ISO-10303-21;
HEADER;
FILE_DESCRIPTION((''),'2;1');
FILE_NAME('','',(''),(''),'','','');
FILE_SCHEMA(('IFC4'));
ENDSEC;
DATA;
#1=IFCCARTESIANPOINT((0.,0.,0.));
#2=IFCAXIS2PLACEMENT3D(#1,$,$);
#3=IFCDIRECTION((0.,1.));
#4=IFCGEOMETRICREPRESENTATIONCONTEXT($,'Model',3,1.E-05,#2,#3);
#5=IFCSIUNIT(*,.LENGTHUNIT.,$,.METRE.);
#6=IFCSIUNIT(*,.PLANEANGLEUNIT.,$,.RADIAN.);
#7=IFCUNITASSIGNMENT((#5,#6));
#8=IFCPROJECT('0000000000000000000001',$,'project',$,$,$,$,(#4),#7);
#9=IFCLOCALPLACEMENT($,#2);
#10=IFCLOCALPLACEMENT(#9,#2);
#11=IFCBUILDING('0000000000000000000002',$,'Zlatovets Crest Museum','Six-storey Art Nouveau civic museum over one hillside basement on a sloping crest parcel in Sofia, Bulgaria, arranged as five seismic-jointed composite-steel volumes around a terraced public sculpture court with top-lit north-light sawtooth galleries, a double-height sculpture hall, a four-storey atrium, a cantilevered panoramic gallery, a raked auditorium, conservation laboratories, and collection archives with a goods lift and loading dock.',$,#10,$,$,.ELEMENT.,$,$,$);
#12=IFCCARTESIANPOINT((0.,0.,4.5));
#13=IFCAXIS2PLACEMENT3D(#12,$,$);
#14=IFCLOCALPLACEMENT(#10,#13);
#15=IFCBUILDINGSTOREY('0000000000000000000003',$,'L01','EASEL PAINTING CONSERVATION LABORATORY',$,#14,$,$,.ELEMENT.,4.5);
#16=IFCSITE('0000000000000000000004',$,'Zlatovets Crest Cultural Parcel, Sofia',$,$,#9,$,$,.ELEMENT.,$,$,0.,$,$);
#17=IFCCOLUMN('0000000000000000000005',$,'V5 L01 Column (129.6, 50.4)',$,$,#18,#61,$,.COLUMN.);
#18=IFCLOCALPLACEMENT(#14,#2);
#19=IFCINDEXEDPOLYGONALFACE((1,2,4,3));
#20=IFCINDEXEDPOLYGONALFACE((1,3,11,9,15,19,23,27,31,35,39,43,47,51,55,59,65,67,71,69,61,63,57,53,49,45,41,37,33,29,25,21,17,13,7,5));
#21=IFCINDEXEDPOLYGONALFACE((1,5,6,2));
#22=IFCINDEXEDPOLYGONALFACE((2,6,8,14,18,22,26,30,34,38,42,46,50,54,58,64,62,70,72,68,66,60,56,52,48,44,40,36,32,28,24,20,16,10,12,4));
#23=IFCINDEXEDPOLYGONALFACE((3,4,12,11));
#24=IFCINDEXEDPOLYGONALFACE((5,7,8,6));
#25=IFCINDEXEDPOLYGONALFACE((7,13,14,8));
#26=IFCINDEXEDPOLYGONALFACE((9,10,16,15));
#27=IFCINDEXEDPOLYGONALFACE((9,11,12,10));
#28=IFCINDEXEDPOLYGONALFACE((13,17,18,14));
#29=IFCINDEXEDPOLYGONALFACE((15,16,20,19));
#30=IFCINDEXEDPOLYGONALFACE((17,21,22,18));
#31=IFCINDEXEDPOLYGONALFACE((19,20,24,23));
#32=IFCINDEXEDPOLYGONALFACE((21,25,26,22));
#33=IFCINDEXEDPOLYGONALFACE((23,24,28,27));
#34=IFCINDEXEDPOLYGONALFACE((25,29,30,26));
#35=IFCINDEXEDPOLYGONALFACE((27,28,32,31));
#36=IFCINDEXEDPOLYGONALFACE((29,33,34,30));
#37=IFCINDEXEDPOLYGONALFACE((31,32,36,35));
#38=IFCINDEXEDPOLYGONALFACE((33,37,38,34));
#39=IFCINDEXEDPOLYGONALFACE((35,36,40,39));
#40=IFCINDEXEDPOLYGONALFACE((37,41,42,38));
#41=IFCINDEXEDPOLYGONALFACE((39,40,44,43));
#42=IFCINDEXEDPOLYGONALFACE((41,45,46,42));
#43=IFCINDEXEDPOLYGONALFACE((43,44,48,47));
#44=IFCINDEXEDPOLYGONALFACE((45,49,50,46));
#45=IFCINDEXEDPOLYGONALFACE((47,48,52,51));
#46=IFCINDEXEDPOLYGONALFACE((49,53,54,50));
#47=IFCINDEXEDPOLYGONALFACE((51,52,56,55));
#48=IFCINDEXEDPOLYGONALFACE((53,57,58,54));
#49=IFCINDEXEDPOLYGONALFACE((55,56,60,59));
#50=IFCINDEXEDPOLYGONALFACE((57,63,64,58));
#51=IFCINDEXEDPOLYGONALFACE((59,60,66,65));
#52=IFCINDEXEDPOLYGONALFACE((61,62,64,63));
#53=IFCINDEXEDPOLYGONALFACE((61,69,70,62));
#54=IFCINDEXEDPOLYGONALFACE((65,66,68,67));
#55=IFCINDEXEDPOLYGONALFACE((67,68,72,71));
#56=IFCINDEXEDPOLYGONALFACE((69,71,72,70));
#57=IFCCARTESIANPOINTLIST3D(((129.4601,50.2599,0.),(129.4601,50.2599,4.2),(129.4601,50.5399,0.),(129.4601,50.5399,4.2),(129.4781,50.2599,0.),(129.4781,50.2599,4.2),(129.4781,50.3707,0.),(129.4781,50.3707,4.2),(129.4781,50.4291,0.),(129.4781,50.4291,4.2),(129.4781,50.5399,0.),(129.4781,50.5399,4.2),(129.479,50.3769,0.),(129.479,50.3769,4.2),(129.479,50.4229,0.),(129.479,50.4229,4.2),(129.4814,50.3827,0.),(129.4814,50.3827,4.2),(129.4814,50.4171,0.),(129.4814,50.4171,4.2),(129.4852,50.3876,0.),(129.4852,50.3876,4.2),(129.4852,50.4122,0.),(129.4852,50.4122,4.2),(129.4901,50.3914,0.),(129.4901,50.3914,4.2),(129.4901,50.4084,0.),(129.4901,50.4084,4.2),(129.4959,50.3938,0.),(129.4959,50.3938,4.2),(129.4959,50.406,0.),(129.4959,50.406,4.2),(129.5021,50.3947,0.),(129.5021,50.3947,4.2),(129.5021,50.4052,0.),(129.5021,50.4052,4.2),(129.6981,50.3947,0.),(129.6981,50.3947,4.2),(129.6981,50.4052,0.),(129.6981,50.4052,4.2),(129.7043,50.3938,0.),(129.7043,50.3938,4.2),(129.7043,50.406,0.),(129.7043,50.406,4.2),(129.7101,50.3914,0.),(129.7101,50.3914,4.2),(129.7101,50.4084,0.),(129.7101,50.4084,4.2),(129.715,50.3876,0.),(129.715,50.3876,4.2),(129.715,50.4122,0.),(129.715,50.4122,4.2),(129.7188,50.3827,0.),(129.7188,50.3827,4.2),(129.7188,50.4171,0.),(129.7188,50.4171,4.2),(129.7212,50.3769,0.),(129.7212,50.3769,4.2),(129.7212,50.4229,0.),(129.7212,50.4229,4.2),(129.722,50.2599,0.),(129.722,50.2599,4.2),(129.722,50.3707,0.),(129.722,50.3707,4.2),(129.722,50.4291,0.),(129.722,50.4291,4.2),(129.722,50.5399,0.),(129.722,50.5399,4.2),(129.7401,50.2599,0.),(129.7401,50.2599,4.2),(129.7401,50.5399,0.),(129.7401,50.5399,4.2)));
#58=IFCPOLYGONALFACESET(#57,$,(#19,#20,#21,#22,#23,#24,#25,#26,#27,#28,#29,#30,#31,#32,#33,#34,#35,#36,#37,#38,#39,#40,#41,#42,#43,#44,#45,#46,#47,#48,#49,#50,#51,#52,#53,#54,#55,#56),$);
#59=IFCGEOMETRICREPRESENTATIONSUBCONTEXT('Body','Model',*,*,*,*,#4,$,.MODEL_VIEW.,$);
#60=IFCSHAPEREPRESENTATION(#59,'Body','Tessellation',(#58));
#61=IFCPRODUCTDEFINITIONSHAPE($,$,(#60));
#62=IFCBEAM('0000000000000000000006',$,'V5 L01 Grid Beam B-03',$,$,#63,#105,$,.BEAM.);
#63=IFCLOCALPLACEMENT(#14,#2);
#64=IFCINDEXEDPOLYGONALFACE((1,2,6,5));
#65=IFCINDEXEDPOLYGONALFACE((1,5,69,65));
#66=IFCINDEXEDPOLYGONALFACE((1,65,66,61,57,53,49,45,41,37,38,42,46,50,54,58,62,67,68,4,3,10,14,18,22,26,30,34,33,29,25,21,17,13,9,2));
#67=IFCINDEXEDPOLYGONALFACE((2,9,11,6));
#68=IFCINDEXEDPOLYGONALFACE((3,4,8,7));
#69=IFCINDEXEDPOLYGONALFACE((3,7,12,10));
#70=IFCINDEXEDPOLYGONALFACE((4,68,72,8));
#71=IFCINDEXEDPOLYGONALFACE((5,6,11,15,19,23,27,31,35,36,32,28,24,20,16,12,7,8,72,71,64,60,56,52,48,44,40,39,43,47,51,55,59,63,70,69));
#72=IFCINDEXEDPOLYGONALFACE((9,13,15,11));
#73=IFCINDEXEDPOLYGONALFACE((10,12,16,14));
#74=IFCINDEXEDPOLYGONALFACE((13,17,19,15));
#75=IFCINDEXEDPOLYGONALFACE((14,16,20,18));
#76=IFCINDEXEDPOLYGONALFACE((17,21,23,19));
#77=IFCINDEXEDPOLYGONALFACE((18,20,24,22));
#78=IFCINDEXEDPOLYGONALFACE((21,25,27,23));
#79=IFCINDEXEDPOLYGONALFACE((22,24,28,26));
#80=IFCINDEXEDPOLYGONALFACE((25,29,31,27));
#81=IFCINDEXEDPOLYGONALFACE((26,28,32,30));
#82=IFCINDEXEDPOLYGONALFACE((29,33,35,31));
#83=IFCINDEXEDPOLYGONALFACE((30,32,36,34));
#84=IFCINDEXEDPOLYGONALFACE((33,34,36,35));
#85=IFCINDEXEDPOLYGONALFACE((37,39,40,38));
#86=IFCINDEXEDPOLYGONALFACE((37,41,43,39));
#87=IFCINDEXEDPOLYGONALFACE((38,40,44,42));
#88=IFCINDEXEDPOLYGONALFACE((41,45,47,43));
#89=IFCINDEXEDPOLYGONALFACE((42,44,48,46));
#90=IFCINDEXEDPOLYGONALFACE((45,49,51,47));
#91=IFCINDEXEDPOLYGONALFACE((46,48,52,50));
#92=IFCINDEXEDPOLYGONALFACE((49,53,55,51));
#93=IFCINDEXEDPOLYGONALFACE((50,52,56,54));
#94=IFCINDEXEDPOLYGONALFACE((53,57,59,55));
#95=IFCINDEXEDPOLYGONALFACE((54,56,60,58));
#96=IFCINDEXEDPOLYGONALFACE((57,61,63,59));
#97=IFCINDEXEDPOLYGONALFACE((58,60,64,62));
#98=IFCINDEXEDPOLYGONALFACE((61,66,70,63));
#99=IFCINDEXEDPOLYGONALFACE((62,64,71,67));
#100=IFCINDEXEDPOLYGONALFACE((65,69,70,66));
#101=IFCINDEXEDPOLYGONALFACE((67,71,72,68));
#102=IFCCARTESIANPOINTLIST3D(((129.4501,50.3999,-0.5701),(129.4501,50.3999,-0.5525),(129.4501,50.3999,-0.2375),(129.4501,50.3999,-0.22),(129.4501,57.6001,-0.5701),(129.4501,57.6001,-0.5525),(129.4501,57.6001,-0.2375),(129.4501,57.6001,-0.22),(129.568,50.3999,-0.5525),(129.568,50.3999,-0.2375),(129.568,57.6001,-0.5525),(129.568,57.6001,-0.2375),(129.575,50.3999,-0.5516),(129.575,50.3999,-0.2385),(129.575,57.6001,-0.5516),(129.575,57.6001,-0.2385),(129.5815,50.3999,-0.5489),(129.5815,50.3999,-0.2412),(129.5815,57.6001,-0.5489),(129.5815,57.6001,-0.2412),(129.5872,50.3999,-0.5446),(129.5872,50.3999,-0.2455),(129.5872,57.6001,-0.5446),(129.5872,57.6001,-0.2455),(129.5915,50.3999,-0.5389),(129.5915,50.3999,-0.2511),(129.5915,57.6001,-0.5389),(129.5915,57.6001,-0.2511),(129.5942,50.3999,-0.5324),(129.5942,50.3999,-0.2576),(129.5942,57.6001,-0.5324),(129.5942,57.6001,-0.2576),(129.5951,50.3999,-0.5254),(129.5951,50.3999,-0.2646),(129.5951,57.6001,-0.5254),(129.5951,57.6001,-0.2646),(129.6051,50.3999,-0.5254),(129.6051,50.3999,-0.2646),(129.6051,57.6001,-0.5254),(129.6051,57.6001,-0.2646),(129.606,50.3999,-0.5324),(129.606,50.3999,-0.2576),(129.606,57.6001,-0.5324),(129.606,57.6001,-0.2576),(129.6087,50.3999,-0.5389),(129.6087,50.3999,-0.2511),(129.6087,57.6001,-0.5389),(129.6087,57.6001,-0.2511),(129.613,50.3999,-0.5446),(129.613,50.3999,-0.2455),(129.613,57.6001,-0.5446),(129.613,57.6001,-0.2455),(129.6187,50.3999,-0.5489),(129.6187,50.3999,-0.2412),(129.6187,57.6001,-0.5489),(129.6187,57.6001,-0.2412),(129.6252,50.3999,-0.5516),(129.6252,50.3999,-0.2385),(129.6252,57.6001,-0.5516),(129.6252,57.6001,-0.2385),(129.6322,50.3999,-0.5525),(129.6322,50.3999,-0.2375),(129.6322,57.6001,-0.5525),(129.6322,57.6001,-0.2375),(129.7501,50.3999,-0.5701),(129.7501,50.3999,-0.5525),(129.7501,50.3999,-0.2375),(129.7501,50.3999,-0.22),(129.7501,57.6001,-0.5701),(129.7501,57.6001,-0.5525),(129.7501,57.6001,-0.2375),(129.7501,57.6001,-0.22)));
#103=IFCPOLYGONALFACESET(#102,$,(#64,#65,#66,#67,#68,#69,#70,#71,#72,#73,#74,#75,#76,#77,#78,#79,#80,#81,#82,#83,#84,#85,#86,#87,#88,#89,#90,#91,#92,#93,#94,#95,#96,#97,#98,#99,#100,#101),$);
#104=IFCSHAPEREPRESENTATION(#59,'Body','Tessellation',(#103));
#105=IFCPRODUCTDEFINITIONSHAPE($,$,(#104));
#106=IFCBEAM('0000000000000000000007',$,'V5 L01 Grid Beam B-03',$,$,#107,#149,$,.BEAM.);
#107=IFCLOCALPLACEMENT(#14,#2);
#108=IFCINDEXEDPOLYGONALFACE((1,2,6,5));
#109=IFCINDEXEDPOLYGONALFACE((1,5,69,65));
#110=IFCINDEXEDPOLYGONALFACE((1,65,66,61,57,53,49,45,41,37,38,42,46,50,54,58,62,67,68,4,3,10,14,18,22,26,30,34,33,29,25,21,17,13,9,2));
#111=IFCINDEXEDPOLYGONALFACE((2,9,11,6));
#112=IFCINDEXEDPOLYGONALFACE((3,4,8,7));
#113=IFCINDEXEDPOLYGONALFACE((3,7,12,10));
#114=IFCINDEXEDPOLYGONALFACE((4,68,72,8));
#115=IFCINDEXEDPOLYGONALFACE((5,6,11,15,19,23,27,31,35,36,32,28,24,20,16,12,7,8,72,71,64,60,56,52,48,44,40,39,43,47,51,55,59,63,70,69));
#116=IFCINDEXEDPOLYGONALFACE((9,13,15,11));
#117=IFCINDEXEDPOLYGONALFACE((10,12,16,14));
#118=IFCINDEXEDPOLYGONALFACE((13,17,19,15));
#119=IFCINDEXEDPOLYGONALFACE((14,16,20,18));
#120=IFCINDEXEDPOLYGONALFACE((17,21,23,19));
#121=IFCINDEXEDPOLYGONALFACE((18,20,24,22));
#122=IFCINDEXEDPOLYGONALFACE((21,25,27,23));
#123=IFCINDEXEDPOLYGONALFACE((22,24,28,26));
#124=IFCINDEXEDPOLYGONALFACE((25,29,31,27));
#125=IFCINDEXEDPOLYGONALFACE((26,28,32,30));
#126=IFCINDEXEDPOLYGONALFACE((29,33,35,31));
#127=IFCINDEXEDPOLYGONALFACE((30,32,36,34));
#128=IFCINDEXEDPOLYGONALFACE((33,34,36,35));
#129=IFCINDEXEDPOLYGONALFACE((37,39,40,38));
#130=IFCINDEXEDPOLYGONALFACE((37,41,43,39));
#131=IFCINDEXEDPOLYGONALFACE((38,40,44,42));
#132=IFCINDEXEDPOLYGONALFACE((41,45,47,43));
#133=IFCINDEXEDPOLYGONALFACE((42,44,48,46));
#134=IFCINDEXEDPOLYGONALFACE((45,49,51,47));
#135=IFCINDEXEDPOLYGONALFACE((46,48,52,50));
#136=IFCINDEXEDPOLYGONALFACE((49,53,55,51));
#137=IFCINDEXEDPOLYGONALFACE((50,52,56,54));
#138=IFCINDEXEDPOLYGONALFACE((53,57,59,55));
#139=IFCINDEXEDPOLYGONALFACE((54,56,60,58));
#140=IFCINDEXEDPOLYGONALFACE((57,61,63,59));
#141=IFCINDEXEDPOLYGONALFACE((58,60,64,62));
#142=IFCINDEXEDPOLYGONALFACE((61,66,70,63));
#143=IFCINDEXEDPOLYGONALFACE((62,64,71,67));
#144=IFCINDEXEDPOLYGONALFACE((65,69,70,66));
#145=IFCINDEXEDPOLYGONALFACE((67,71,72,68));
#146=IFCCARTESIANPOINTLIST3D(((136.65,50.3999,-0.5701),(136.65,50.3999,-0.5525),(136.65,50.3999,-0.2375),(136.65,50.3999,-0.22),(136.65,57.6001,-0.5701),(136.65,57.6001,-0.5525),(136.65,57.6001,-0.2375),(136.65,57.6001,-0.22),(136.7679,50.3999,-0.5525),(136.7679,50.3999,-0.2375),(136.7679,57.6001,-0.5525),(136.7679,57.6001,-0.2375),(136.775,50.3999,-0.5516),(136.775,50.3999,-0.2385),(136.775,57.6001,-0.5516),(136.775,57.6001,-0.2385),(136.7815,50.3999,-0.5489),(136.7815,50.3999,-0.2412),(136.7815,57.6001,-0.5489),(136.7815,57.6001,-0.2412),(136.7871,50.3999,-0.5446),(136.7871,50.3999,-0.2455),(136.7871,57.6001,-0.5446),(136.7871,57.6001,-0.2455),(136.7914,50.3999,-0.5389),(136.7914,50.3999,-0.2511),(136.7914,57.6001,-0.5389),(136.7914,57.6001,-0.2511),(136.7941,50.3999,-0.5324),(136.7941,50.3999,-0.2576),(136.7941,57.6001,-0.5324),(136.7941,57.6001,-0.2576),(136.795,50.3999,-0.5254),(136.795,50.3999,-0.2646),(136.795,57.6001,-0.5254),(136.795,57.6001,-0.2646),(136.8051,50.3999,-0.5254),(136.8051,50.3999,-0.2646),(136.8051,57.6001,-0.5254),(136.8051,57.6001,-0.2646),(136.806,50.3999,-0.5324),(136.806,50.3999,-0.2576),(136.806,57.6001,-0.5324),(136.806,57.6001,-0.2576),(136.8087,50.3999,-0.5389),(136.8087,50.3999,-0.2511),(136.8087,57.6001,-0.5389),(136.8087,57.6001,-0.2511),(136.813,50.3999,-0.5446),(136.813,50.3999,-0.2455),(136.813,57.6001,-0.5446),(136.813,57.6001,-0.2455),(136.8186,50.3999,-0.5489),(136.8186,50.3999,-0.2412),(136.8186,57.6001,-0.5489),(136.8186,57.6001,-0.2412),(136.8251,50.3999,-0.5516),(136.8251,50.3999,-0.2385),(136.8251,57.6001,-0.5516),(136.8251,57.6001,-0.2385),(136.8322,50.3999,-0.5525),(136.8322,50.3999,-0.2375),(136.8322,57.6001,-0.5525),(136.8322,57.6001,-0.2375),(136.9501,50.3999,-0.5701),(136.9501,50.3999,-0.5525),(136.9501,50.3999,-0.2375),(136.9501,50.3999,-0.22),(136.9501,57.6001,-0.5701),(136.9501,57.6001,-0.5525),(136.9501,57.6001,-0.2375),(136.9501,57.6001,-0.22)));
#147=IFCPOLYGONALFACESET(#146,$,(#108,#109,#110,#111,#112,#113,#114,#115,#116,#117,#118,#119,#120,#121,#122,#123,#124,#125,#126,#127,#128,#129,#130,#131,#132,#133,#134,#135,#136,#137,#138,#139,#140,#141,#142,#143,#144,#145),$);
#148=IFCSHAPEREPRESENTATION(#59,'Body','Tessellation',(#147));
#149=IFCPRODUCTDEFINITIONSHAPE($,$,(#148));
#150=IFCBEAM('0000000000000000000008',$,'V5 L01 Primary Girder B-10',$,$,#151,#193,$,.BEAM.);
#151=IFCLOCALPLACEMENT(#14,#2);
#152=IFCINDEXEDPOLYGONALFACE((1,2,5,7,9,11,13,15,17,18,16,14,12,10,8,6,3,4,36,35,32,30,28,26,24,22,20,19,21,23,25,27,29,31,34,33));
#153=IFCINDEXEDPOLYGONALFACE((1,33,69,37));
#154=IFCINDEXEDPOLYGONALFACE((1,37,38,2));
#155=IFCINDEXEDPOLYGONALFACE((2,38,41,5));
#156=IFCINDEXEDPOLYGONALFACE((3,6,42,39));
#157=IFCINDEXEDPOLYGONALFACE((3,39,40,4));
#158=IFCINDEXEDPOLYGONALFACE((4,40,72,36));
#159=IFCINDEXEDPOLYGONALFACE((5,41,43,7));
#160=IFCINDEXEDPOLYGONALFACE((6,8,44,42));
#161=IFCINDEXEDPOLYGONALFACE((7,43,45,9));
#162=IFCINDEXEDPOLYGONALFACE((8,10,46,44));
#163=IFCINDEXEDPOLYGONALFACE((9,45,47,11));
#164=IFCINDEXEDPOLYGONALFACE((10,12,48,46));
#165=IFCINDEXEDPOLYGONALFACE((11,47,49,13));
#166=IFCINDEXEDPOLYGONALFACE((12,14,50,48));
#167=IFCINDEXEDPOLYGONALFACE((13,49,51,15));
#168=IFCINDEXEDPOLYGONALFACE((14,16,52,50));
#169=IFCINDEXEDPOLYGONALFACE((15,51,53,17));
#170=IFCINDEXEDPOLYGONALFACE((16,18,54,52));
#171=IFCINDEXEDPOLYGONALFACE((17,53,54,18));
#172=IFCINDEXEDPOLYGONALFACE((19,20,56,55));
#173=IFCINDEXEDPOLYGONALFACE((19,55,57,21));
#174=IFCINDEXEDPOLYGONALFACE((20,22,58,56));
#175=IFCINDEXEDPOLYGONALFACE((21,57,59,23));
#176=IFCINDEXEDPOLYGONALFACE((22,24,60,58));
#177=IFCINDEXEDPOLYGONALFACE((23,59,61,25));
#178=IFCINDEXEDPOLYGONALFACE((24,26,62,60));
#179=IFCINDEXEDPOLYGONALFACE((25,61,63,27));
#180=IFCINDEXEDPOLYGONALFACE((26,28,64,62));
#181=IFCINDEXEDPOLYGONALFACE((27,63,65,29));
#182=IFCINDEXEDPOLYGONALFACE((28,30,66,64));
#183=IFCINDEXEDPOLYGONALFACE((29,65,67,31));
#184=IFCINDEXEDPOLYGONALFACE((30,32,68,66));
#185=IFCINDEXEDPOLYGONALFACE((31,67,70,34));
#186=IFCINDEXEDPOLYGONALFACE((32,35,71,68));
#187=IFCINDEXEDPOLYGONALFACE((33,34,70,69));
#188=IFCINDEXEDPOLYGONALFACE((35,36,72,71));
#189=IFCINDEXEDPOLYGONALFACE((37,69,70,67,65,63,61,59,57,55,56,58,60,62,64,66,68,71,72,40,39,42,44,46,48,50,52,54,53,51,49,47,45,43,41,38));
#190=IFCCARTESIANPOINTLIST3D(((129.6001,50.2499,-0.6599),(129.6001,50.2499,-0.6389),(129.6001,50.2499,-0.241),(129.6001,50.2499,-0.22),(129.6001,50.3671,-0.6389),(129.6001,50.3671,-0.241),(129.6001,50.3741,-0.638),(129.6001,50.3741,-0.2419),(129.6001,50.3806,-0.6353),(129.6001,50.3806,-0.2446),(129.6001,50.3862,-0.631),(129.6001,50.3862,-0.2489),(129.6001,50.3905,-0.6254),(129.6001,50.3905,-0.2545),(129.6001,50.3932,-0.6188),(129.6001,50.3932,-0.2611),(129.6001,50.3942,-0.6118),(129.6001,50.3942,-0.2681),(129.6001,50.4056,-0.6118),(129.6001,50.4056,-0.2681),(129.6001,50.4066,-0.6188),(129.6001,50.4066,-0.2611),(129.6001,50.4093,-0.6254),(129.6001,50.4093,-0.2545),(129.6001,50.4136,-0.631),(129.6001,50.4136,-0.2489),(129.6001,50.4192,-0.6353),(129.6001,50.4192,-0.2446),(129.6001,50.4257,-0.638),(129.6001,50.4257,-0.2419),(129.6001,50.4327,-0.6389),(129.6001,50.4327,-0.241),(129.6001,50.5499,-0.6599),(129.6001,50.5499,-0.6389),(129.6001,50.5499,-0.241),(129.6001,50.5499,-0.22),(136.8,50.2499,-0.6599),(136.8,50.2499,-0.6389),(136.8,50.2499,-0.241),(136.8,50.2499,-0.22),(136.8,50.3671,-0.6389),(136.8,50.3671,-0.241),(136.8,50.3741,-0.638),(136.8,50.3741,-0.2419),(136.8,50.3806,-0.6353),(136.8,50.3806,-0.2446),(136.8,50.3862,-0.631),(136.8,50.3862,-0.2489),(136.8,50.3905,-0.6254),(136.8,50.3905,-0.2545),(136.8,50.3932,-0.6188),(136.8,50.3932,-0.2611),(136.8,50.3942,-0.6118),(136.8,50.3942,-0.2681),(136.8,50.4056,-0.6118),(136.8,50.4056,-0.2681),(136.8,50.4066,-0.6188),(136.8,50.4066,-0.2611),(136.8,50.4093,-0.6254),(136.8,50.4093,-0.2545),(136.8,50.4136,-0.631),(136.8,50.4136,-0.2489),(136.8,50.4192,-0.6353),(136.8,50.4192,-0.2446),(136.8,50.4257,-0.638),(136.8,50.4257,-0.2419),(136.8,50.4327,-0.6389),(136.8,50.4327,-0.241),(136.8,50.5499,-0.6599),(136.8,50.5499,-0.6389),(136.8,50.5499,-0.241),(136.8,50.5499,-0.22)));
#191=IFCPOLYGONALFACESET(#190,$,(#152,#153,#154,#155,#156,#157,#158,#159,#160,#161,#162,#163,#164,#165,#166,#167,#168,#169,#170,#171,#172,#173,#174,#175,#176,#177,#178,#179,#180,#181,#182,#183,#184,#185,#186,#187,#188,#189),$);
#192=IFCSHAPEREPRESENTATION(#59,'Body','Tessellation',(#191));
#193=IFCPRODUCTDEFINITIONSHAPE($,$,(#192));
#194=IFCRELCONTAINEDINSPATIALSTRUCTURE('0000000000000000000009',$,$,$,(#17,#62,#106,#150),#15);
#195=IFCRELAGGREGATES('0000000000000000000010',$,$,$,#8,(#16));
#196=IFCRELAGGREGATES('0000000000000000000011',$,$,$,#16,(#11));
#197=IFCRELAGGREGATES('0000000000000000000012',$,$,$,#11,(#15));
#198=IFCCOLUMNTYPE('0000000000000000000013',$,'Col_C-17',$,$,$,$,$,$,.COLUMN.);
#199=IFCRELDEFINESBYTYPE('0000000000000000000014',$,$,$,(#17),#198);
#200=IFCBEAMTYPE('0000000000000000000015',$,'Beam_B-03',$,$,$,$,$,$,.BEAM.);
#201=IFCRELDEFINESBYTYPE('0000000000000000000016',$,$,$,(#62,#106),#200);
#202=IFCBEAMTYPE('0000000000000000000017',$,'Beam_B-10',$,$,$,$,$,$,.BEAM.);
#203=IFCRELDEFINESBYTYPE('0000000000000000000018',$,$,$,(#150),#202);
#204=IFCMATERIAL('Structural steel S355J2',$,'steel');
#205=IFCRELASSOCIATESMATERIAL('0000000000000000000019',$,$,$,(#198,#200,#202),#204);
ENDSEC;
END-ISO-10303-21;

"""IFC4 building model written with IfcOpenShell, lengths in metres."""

from ifc_helpers import new_model, si_unit, direction, frame, origin, origin_2d, place, context, subcontext, project, spatial, i_section, extrude, material, material_profile, profile_set, type_object, element, save


model = new_model("IFC4")

# Units and contexts
model_context = context("Model", 3, precision=1e-05, world=origin(), true_north=direction((0.0, 1.0)))
body_context = subcontext(model_context, "Body", "Model", "MODEL_VIEW")
ifc_project = project(units=[si_unit("LENGTHUNIT", "METRE"), si_unit("PLANEANGLEUNIT", "RADIAN")], contexts=[model_context])

# Site, building, storey
site_placement = place(None, origin())
site = spatial("IfcSite", under=ifc_project, at=site_placement, Name="Zlatovets Crest Cultural Parcel, Sofia", CompositionType="ELEMENT", RefElevation=0.0)
building_placement = place(site_placement, origin())
building = spatial("IfcBuilding", under=site, at=building_placement, Name="Zlatovets Crest Museum", Description="Six-storey Art Nouveau civic museum over one hillside basement on a sloping crest parcel in Sofia, Bulgaria, arranged as five seismic-jointed composite-steel volumes around a terraced public sculpture court with top-lit north-light sawtooth galleries, a double-height sculpture hall, a four-storey atrium, a cantilevered panoramic gallery, a raked auditorium, conservation laboratories, and collection archives with a goods lift and loading dock.", CompositionType="ELEMENT")
storey_placement = place(building_placement, frame((0.0, 0.0, 4.5)))
storey = spatial("IfcBuildingStorey", under=building, at=storey_placement, Name="L01", Description="EASEL PAINTING CONSERVATION LABORATORY", CompositionType="ELEMENT", Elevation=4.5)

# Column
ifc_material_1 = material(Name="Structural steel S355J2", Category="steel")
ifc_material_profile_1 = material_profile(ifc_material_1, i_section(OverallWidth=0.28, OverallDepth=0.28, WebThickness=0.0105, FlangeThickness=0.0181, FilletRadius=0.0239, at=origin_2d()), Name="HEB 280")
ifc_profile_set_1 = profile_set([ifc_material_profile_1], Name="Structural steel S355J2")
column_type = type_object("IfcColumnType", Name="Col_C-17", PredefinedType="COLUMN", material=ifc_profile_set_1)
column_placement = place(storey_placement, frame((129.6001, 50.3999, 0.0), z_axis=(0.0, 0.0, 1.0), x_axis=(0.0, 1.0, 0.0)))
element("IfcColumn", 1, at=column_placement, inside=storey, type_object=column_type, Name="V5 L01 Column (129.6, 50.4)", PredefinedType="COLUMN", context=body_context, shape_type="SweptSolid", body=[
    extrude(i_section(OverallWidth=0.28, OverallDepth=0.28, WebThickness=0.0105, FlangeThickness=0.0181, FilletRadius=0.0239, at=origin_2d()), origin(), (0.0, 0.0, 1.0), 4.2),
])

# Beams
ifc_material_profile_2 = material_profile(ifc_material_1, i_section(OverallWidth=0.3, OverallDepth=0.3501, WebThickness=0.01, FlangeThickness=0.0176, FilletRadius=0.0271, at=origin_2d()), Name="HEA 360")
ifc_profile_set_2 = profile_set([ifc_material_profile_2], Name="Structural steel S355J2")
beam_type_1 = type_object("IfcBeamType", Name="Beam_B-03", PredefinedType="BEAM", material=ifc_profile_set_2)
for number, where, z_axis, x_axis, name in (
    (2, (129.6001, 50.3999, -0.395), (0.0, 1.0, 0.0), (-1.0, 0.0, 0.0), "V5 L01 Grid Beam B-03"),
    (3, (136.8, 50.3999, -0.395), (0.0, 1.0, 0.0), (-1.0, 0.0, 0.0), "V5 L01 Grid Beam B-03"),
):
    element("IfcBeam", number, at=place(storey_placement, frame(where, z_axis=z_axis, x_axis=x_axis)), inside=storey, type_object=beam_type_1, Name=name, PredefinedType="BEAM", context=body_context, shape_type="SweptSolid", body=[
        extrude(i_section(OverallWidth=0.3, OverallDepth=0.3501, WebThickness=0.01, FlangeThickness=0.0176, FilletRadius=0.0271, at=origin_2d()), origin(), (0.0, 0.0, 1.0), 7.2002),
    ])
ifc_material_profile_3 = material_profile(ifc_material_1, i_section(OverallWidth=0.3, OverallDepth=0.4399, WebThickness=0.0115, FlangeThickness=0.021, FilletRadius=0.0271, at=origin_2d()), Name="HEA 450")
ifc_profile_set_3 = profile_set([ifc_material_profile_3], Name="Structural steel S355J2")
beam_type_2 = type_object("IfcBeamType", Name="Beam_B-10", PredefinedType="BEAM", material=ifc_profile_set_3)
for number, where, z_axis, x_axis, name in (
    (4, (129.6001, 50.3999, -0.4399), (1.0, 0.0, 0.0), (0.0, 1.0, 0.0), "V5 L01 Primary Girder B-10"),
):
    element("IfcBeam", number, at=place(storey_placement, frame(where, z_axis=z_axis, x_axis=x_axis)), inside=storey, type_object=beam_type_2, Name=name, PredefinedType="BEAM", context=body_context, shape_type="SweptSolid", body=[
        extrude(i_section(OverallWidth=0.3, OverallDepth=0.4399, WebThickness=0.0115, FlangeThickness=0.021, FilletRadius=0.0271, at=origin_2d()), origin(), (0.0, 0.0, 1.0), 7.2),
    ])

save(model, "model.ifc")
